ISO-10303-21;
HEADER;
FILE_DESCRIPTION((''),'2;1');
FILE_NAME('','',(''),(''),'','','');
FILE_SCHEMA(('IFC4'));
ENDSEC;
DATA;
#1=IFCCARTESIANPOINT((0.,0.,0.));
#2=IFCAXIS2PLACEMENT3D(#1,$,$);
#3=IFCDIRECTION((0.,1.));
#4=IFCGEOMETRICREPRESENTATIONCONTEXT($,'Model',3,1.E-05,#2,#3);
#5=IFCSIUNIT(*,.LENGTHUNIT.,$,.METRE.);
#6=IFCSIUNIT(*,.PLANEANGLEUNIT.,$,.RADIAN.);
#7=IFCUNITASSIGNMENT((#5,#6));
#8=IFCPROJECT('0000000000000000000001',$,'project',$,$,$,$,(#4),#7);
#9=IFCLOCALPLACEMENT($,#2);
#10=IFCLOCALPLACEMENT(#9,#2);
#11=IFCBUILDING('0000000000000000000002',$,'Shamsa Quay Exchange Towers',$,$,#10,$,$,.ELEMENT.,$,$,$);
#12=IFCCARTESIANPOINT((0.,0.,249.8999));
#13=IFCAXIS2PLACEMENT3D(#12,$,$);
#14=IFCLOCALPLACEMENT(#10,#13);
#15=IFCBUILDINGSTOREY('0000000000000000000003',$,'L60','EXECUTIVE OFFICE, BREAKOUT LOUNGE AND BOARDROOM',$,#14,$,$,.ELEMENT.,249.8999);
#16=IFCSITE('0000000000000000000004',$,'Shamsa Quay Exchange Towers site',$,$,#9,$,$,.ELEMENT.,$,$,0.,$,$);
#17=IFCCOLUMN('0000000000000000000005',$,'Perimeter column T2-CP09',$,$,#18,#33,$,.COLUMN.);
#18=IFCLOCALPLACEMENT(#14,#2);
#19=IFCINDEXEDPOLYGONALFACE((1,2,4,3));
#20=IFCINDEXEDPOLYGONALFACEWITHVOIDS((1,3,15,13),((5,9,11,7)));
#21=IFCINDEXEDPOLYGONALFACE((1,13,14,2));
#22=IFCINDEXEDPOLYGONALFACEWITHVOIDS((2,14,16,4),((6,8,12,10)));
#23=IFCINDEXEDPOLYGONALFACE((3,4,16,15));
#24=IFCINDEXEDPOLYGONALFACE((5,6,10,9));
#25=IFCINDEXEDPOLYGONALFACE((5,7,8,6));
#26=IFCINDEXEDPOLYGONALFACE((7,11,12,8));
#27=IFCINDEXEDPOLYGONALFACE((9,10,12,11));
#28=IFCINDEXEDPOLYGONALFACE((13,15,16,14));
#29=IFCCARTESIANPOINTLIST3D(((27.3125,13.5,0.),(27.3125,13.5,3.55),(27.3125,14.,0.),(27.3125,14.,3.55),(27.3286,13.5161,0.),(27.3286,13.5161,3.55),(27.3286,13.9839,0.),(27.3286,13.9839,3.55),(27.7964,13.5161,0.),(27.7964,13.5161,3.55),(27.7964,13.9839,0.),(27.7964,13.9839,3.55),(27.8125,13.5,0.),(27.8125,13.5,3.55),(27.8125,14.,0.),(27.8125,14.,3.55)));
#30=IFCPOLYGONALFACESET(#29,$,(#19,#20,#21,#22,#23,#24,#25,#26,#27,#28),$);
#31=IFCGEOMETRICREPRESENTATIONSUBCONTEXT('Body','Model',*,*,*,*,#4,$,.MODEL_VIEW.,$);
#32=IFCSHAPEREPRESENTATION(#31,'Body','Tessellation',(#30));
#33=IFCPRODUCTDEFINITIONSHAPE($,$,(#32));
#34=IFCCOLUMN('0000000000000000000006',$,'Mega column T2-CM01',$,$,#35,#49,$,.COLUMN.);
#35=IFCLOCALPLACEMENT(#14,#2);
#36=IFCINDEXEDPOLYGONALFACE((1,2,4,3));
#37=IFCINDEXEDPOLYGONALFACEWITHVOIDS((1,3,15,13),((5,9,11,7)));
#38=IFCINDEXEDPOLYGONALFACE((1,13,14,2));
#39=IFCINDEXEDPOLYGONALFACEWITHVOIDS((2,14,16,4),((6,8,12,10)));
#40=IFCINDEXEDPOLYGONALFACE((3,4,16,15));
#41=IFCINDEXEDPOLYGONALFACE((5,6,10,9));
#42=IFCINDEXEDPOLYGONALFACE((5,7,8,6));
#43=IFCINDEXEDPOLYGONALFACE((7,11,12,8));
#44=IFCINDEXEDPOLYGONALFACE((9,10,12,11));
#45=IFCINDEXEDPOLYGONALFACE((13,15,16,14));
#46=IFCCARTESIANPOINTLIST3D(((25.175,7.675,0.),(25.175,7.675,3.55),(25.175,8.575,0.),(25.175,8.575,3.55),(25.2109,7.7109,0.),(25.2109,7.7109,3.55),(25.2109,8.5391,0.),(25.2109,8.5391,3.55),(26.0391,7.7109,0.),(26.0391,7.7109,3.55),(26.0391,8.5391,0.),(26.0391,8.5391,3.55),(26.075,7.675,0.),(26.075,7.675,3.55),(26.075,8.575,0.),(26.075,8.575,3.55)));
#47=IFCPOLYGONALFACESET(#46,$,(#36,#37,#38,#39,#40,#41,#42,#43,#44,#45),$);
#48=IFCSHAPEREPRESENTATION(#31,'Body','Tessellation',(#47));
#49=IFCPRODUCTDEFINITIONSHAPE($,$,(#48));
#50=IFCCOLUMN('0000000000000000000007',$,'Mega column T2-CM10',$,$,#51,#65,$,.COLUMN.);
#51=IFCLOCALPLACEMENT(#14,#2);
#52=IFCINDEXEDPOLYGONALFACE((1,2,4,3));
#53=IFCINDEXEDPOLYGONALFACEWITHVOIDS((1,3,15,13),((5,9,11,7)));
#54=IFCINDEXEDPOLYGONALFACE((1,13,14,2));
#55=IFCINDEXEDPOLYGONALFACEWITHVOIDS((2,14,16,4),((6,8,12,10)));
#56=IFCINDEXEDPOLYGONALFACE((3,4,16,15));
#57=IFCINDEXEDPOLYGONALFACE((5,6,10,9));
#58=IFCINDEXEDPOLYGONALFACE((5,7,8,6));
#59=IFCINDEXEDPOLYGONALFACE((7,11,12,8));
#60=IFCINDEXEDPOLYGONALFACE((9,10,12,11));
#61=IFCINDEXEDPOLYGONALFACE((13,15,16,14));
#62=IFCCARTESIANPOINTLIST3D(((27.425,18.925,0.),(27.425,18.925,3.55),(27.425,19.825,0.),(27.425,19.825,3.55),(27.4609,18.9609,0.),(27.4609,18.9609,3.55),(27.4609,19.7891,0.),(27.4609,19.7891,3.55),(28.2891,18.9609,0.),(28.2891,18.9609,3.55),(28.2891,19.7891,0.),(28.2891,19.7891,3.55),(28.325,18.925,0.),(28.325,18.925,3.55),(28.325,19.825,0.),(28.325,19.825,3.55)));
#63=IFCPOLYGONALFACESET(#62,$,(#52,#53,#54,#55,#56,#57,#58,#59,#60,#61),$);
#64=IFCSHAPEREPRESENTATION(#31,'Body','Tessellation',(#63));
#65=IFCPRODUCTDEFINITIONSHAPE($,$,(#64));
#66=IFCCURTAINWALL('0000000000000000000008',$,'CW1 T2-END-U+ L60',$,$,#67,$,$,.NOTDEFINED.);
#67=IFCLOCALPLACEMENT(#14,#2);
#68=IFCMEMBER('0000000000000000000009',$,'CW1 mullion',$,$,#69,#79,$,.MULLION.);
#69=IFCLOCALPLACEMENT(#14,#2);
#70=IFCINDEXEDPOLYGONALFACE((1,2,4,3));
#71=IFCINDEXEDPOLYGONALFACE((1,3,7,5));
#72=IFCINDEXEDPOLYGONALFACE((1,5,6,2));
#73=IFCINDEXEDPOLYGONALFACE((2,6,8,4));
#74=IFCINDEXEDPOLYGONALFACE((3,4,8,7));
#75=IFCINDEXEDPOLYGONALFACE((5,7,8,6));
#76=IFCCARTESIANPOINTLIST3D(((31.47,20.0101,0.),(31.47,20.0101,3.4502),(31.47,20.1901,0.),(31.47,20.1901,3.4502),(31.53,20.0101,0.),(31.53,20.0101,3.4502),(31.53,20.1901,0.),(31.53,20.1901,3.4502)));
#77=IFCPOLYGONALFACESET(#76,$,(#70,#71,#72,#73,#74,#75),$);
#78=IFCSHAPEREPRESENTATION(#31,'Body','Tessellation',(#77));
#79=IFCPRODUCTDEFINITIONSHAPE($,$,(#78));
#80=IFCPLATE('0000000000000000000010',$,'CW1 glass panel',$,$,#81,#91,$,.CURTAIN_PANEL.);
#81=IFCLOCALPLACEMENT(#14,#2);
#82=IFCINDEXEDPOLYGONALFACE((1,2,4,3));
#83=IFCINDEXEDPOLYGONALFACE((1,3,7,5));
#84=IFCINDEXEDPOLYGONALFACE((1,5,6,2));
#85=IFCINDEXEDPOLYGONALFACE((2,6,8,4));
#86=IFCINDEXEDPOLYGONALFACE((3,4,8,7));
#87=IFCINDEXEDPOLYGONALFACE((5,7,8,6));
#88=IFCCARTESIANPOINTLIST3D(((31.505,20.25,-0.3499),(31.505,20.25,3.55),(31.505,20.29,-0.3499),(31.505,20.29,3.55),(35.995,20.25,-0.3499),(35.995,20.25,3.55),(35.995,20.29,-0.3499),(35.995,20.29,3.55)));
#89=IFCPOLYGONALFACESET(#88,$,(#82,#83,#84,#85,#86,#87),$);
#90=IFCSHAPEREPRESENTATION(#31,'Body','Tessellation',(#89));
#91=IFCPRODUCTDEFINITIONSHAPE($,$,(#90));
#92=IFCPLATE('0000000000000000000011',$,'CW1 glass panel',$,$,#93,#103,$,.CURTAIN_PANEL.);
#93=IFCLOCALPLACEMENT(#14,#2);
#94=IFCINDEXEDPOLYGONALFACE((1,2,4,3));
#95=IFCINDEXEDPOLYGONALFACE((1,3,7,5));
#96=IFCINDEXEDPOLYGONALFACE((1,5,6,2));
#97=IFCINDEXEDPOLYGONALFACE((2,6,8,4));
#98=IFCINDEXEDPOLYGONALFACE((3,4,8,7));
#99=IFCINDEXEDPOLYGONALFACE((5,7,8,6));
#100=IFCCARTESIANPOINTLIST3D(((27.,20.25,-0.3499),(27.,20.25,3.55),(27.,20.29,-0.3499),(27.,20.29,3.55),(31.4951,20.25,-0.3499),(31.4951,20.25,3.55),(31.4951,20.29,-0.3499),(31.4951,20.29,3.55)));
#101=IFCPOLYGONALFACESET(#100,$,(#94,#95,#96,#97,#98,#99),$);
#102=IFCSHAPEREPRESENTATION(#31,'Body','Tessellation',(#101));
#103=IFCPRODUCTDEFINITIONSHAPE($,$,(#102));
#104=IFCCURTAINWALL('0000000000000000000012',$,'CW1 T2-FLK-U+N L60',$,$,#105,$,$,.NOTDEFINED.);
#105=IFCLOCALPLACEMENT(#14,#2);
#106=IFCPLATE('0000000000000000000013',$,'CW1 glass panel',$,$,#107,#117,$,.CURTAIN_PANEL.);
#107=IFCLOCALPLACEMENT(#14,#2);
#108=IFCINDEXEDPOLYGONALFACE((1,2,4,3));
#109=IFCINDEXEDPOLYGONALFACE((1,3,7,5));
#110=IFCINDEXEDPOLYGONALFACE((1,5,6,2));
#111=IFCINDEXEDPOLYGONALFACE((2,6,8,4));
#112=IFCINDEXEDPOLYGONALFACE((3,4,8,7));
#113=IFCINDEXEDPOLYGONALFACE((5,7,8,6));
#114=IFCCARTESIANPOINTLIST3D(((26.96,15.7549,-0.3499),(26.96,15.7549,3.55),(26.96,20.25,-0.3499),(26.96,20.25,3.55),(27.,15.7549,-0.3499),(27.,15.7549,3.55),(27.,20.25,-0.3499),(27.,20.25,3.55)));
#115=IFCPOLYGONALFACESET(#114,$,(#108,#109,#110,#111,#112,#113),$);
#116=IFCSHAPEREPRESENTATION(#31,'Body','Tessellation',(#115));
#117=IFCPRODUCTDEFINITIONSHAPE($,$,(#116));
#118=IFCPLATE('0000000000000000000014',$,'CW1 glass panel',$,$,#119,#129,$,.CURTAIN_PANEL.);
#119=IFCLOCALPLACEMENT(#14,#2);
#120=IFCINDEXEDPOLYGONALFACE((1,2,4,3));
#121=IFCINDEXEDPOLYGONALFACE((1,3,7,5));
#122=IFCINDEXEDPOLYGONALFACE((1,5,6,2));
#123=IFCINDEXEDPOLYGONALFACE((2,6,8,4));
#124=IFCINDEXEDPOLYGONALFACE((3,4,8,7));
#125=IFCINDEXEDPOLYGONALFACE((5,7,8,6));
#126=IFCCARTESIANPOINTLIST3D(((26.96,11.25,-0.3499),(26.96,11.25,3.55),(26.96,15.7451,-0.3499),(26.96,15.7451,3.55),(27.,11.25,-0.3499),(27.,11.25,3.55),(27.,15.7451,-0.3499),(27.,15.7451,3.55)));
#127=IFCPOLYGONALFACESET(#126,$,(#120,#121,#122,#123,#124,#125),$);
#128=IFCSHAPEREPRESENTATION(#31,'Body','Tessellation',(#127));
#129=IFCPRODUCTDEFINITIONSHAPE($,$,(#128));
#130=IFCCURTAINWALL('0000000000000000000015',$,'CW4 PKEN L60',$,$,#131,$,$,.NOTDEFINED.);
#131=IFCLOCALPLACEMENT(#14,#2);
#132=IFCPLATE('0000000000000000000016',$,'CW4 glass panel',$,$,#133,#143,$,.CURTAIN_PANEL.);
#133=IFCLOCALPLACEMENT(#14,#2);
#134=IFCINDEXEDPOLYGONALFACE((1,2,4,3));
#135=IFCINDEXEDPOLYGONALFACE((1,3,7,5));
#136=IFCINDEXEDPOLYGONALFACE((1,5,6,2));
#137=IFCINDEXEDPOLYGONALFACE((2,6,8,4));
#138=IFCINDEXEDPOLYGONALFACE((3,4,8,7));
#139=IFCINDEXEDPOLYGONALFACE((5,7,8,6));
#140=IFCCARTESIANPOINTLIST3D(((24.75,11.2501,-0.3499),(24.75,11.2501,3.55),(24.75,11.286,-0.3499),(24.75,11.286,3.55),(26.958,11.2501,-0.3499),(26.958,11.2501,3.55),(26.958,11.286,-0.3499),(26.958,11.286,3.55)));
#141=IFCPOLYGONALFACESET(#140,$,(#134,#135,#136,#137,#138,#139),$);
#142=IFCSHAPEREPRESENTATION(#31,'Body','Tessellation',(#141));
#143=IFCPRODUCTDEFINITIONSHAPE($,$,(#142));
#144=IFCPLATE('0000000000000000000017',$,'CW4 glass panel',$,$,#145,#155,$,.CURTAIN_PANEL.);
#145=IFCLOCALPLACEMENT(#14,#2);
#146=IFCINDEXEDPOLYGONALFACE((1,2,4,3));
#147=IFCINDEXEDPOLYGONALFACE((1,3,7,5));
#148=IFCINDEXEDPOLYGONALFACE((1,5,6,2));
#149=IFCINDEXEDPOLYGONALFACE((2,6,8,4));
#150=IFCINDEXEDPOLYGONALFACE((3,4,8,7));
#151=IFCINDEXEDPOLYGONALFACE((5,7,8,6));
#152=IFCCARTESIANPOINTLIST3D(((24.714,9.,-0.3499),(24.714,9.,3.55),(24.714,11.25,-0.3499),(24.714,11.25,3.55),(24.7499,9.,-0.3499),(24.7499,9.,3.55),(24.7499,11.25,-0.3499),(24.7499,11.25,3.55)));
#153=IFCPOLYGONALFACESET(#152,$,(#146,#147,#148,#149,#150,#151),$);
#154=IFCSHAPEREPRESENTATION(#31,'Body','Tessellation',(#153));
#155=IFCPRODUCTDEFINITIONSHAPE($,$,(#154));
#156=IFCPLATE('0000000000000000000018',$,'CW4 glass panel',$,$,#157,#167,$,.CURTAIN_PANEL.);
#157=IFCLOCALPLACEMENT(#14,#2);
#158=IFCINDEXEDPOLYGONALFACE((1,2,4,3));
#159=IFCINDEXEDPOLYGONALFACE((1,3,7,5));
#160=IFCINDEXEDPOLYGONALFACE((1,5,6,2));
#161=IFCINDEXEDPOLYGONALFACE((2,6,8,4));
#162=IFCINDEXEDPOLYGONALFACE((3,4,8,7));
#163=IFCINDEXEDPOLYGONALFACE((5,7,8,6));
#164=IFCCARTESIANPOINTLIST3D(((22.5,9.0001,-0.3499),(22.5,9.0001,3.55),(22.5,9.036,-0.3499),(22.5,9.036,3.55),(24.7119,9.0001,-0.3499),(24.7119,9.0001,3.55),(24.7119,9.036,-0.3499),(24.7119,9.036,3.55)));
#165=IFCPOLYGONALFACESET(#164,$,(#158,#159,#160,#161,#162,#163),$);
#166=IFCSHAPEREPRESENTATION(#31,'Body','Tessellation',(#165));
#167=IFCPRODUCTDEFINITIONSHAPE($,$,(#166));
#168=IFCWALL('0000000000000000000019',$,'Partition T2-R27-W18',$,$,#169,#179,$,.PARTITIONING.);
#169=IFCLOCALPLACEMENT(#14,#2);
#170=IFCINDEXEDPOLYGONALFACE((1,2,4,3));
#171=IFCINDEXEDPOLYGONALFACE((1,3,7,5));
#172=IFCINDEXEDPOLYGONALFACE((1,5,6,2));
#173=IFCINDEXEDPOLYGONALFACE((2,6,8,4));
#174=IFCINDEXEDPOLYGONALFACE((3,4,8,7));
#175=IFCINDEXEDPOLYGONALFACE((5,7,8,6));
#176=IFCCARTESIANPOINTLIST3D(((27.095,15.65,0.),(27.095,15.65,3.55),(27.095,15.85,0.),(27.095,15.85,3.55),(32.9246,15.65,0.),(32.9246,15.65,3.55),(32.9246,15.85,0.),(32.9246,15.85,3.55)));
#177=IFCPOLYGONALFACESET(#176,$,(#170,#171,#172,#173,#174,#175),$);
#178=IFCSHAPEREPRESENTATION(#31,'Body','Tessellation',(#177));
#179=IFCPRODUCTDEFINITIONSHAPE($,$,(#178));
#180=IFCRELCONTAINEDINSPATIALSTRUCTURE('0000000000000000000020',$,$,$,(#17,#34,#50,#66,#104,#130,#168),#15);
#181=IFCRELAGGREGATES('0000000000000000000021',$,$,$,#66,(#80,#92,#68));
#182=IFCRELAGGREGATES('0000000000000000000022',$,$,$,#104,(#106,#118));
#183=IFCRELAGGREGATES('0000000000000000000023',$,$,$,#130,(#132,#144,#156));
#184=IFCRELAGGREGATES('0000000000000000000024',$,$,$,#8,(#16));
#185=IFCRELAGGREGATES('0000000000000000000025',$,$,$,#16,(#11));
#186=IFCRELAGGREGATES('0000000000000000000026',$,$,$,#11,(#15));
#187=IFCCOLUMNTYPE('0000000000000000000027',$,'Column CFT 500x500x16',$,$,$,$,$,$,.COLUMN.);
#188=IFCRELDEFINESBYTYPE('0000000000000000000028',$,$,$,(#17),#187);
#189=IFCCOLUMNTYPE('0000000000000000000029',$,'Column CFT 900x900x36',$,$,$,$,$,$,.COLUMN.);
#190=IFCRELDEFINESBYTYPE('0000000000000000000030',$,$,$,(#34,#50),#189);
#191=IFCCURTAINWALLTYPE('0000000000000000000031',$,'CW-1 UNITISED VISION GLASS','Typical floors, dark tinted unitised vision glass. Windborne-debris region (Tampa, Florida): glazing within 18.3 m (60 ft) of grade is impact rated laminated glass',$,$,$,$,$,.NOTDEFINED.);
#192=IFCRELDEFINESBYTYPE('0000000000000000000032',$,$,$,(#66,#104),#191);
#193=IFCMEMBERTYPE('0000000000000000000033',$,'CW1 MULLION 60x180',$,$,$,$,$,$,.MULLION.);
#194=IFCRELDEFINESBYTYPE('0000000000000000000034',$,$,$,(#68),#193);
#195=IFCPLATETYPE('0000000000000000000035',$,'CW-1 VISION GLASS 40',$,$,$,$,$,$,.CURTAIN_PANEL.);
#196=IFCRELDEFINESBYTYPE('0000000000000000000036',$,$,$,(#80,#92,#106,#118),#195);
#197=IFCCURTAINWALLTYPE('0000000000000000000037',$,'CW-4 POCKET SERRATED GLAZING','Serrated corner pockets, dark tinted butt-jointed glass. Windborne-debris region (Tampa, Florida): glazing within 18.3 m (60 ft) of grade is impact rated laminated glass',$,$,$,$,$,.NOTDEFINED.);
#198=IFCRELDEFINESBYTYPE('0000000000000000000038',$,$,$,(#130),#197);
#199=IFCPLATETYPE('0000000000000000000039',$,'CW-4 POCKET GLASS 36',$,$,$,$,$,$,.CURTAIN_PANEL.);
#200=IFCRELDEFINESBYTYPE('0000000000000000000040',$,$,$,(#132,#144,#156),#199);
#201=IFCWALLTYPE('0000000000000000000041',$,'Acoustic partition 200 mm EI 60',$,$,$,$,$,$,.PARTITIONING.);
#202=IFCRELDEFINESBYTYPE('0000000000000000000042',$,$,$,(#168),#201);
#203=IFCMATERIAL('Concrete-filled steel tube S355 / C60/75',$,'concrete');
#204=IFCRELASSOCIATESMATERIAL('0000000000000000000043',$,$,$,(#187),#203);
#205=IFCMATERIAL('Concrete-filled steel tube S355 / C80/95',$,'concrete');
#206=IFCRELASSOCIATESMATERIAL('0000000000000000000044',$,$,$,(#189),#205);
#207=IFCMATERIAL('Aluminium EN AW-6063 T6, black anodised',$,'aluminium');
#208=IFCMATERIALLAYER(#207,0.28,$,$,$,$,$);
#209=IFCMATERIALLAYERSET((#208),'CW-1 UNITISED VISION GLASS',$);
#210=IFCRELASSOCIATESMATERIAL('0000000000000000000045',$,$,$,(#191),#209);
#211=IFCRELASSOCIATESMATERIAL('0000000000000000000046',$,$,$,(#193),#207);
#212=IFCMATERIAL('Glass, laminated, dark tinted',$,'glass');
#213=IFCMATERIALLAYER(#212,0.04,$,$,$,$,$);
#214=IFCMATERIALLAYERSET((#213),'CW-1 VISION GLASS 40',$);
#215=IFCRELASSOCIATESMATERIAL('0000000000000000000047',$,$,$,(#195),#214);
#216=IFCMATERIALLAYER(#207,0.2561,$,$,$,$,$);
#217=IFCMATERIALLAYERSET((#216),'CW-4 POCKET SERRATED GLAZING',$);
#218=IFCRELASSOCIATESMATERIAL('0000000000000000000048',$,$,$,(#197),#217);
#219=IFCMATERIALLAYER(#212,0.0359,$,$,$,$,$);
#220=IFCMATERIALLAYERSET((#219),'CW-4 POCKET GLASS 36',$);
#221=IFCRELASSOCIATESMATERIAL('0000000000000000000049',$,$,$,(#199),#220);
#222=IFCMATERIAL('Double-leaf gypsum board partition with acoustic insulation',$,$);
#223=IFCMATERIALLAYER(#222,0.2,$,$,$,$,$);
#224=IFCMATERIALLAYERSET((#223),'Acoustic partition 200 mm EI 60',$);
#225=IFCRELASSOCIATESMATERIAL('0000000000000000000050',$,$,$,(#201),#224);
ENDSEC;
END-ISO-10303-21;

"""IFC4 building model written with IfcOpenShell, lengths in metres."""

from ifc_helpers import new_model, si_unit, direction, frame, frame_2d, origin, origin_2d, place, context, subcontext, project, spatial, rectangle, hollow_rectangle, extrude, material, layer, layer_set, material_profile, profile_set, type_object, element, aggregate, save


model = new_model("IFC4")

# Units and contexts
model_context = context("Model", 3, precision=1e-05, world=origin(), true_north=direction((0.0, 1.0)))
body_context = subcontext(model_context, "Body", "Model", "MODEL_VIEW")
ifc_project = project(units=[si_unit("LENGTHUNIT", "METRE"), si_unit("PLANEANGLEUNIT", "RADIAN")], contexts=[model_context])

# Site, building, storey
site_placement = place(None, origin())
site = spatial("IfcSite", under=ifc_project, at=site_placement, Name="Shamsa Quay Exchange Towers site", CompositionType="ELEMENT", RefElevation=0.0)
building_placement = place(site_placement, origin())
building = spatial("IfcBuilding", under=site, at=building_placement, Name="Shamsa Quay Exchange Towers", CompositionType="ELEMENT")
storey_placement = place(building_placement, frame((0.0, 0.0, 249.8999)))
storey = spatial("IfcBuildingStorey", under=building, at=storey_placement, Name="L60", Description="EXECUTIVE OFFICE, BREAKOUT LOUNGE AND BOARDROOM", CompositionType="ELEMENT", Elevation=249.8999)

# Columns
ifc_material_1 = material(Name="Concrete-filled steel tube S355 / C60/75", Category="concrete")
ifc_material_profile_1 = material_profile(ifc_material_1, hollow_rectangle(XDim=0.5, YDim=0.5, WallThickness=0.0161, at=origin_2d()), Name="CFT 500x500x16")
ifc_profile_set_1 = profile_set([ifc_material_profile_1], Name="Concrete-filled steel tube S355 / C60/75")
column_type_1 = type_object("IfcColumnType", Name="Column CFT 500x500x16", PredefinedType="COLUMN", material=ifc_profile_set_1)
column_placement = place(storey_placement, frame((27.5625, 13.75, 0.0)))
element("IfcColumn", 1, at=column_placement, inside=storey, type_object=column_type_1, Name="Perimeter column T2-CP09", PredefinedType="COLUMN", context=body_context, shape_type="SweptSolid", body=[
    extrude(hollow_rectangle(XDim=0.5, YDim=0.5, WallThickness=0.0161, at=origin_2d()), origin(), (0.0, 0.0, 1.0), 3.55),
])
ifc_material_2 = material(Name="Concrete-filled steel tube S355 / C80/95", Category="concrete")
ifc_material_profile_2 = material_profile(ifc_material_2, hollow_rectangle(XDim=0.8999, YDim=0.8999, WallThickness=0.0359, at=origin_2d()), Name="CFT 900x900x36")
ifc_profile_set_2 = profile_set([ifc_material_profile_2], Name="Concrete-filled steel tube S355 / C80/95")
column_type_2 = type_object("IfcColumnType", Name="Column CFT 900x900x36", PredefinedType="COLUMN", material=ifc_profile_set_2)
for number, where, name in (
    (2, (25.625, 8.125, 0.0), "Mega column T2-CM01"),
    (3, (27.875, 19.375, 0.0), "Mega column T2-CM10"),
):
    element("IfcColumn", number, at=place(storey_placement, frame(where)), inside=storey, type_object=column_type_2, Name=name, PredefinedType="COLUMN", context=body_context, shape_type="SweptSolid", body=[
        extrude(hollow_rectangle(XDim=0.8999, YDim=0.8999, WallThickness=0.0359, at=origin_2d()), origin(), (0.0, 0.0, 1.0), 3.55),
    ])

# Curtain wall, member, plates
ifc_material_3 = material(Name="Aluminium EN AW-6063 T6, black anodised", Category="aluminium")
ifc_layer_1 = layer(ifc_material_3, 0.28)
ifc_layer_set_1 = layer_set([ifc_layer_1], Name="CW-1 UNITISED VISION GLASS")
curtain_wall_type_1 = type_object("IfcCurtainWallType", Name="CW-1 UNITISED VISION GLASS", Description="Typical floors, dark tinted unitised vision glass. Windborne-debris region (Tampa, Florida): glazing within 18.3 m (60 ft) of grade is impact rated laminated glass", PredefinedType="NOTDEFINED", material=ifc_layer_set_1)
curtain_wall_1_placement = place(storey_placement, origin())
curtain_wall_1 = element("IfcCurtainWall", 4, at=curtain_wall_1_placement, inside=storey, type_object=curtain_wall_type_1, Name="CW1 T2-END-U+ L60", PredefinedType="NOTDEFINED")
ifc_material_profile_3 = material_profile(ifc_material_3, rectangle(XDim=0.1799, YDim=0.0601, at=origin_2d()), Name="MU60x180")
ifc_profile_set_3 = profile_set([ifc_material_profile_3], Name="Aluminium EN AW-6063 T6, black anodised")
member_type = type_object("IfcMemberType", Name="CW1 MULLION 60x180", PredefinedType="MULLION", material=ifc_profile_set_3)
member_placement = place(storey_placement, frame((31.5, 20.1001, 0.0), z_axis=(0.0, 0.0, 1.0), x_axis=(0.0, -1.0, 0.0)))
member = element("IfcMember", 5, at=member_placement, type_object=member_type, Name="CW1 mullion", PredefinedType="MULLION", context=body_context, shape_type="SweptSolid", body=[
    extrude(rectangle(XDim=0.1799, YDim=0.0601, at=origin_2d()), origin(), (0.0, 0.0, 1.0), 3.4502),
])
ifc_material_4 = material(Name="Glass, laminated, dark tinted", Category="glass")
ifc_layer_2 = layer(ifc_material_4, 0.04)
ifc_layer_set_2 = layer_set([ifc_layer_2], Name="CW-1 VISION GLASS 40")
plate_type_1 = type_object("IfcPlateType", Name="CW-1 VISION GLASS 40", PredefinedType="CURTAIN_PANEL", material=ifc_layer_set_2)
plate_1_placement = place(storey_placement, frame((33.75, 20.27, -0.3499), z_axis=(0.0, 0.0, 1.0), x_axis=(-1.0, 0.0, 0.0)))
plate_1 = element("IfcPlate", 6, at=plate_1_placement, type_object=plate_type_1, Name="CW1 glass panel", PredefinedType="CURTAIN_PANEL", context=body_context, shape_type="SweptSolid", body=[
    extrude(rectangle(XDim=4.49, YDim=0.04, at=origin_2d()), origin(), (0.0, 0.0, 1.0), 3.8999),
])
plate_2_placement = place(storey_placement, frame((29.2476, 20.27, -0.3499), z_axis=(0.0, 0.0, 1.0), x_axis=(-1.0, 0.0, 0.0)))
plate_2 = element("IfcPlate", 7, at=plate_2_placement, type_object=plate_type_1, Name="CW1 glass panel", PredefinedType="CURTAIN_PANEL", context=body_context, shape_type="SweptSolid", body=[
    extrude(rectangle(XDim=4.4951, YDim=0.04, at=origin_2d()), origin(), (0.0, 0.0, 1.0), 3.8999),
])
aggregate(curtain_wall_1, [plate_1, plate_2, member])

# Curtain walls, plates
curtain_wall_2_placement = place(storey_placement, origin())
curtain_wall_2 = element("IfcCurtainWall", 8, at=curtain_wall_2_placement, inside=storey, type_object=curtain_wall_type_1, Name="CW1 T2-FLK-U+N L60", PredefinedType="NOTDEFINED")
plate_3_placement = place(storey_placement, frame((26.98, 18.0024, -0.3499), z_axis=(0.0, 0.0, 1.0), x_axis=(0.0, -1.0, 0.0)))
plate_3 = element("IfcPlate", 9, at=plate_3_placement, type_object=plate_type_1, Name="CW1 glass panel", PredefinedType="CURTAIN_PANEL", context=body_context, shape_type="SweptSolid", body=[
    extrude(rectangle(XDim=4.4951, YDim=0.04, at=origin_2d()), origin(), (0.0, 0.0, 1.0), 3.8999),
])
plate_4_placement = place(storey_placement, frame((26.98, 13.4976, -0.3499), z_axis=(0.0, 0.0, 1.0), x_axis=(0.0, -1.0, 0.0)))
plate_4 = element("IfcPlate", 10, at=plate_4_placement, type_object=plate_type_1, Name="CW1 glass panel", PredefinedType="CURTAIN_PANEL", context=body_context, shape_type="SweptSolid", body=[
    extrude(rectangle(XDim=4.4951, YDim=0.04, at=origin_2d()), origin(), (0.0, 0.0, 1.0), 3.8999),
])
aggregate(curtain_wall_2, [plate_3, plate_4])
ifc_layer_3 = layer(ifc_material_3, 0.2561)
ifc_layer_set_3 = layer_set([ifc_layer_3], Name="CW-4 POCKET SERRATED GLAZING")
curtain_wall_type_2 = type_object("IfcCurtainWallType", Name="CW-4 POCKET SERRATED GLAZING", Description="Serrated corner pockets, dark tinted butt-jointed glass. Windborne-debris region (Tampa, Florida): glazing within 18.3 m (60 ft) of grade is impact rated laminated glass", PredefinedType="NOTDEFINED", material=ifc_layer_set_3)
curtain_wall_3_placement = place(storey_placement, origin())
curtain_wall_3 = element("IfcCurtainWall", 11, at=curtain_wall_3_placement, inside=storey, type_object=curtain_wall_type_2, Name="CW4 PKEN L60", PredefinedType="NOTDEFINED")
ifc_layer_4 = layer(ifc_material_4, 0.0359)
ifc_layer_set_4 = layer_set([ifc_layer_4], Name="CW-4 POCKET GLASS 36")
plate_type_2 = type_object("IfcPlateType", Name="CW-4 POCKET GLASS 36", PredefinedType="CURTAIN_PANEL", material=ifc_layer_set_4)
plate_5_placement = place(storey_placement, frame((25.854, 11.2681, -0.3499), z_axis=(0.0, 0.0, 1.0), x_axis=(-1.0, 0.0, 0.0)))
plate_5 = element("IfcPlate", 12, at=plate_5_placement, type_object=plate_type_2, Name="CW4 glass panel", PredefinedType="CURTAIN_PANEL", context=body_context, shape_type="SweptSolid", body=[
    extrude(rectangle(XDim=2.208, YDim=0.0359, at=origin_2d()), origin(), (0.0, 0.0, 1.0), 3.8999),
])
plate_6_placement = place(storey_placement, frame((24.7319, 10.125, -0.3499), z_axis=(0.0, 0.0, 1.0), x_axis=(0.0, -1.0, 0.0)))
plate_6 = element("IfcPlate", 13, at=plate_6_placement, type_object=plate_type_2, Name="CW4 glass panel", PredefinedType="CURTAIN_PANEL", context=body_context, shape_type="SweptSolid", body=[
    extrude(rectangle(XDim=2.25, YDim=0.0359, at=origin_2d()), origin(), (0.0, 0.0, 1.0), 3.8999),
])
plate_7_placement = place(storey_placement, frame((23.606, 9.0181, -0.3499), z_axis=(0.0, 0.0, 1.0), x_axis=(-1.0, 0.0, 0.0)))
plate_7 = element("IfcPlate", 14, at=plate_7_placement, type_object=plate_type_2, Name="CW4 glass panel", PredefinedType="CURTAIN_PANEL", context=body_context, shape_type="SweptSolid", body=[
    extrude(rectangle(XDim=2.2119, YDim=0.0359, at=origin_2d()), origin(), (0.0, 0.0, 1.0), 3.8999),
])
aggregate(curtain_wall_3, [plate_5, plate_6, plate_7])

# Shared definitions
ifc_material_5 = material(Name="Double-leaf gypsum board partition with acoustic insulation")
ifc_layer_5 = layer(ifc_material_5, 0.2)
ifc_layer_set_5 = layer_set([ifc_layer_5], Name="Acoustic partition 200 mm EI 60")
wall_type_1 = type_object("IfcWallType", Name="Acoustic partition 200 mm EI 60", PredefinedType="PARTITIONING", material=ifc_layer_set_5)

# Wall
wall_1_placement = place(storey_placement, frame((32.9246, 15.75, 0.0), z_axis=(0.0, 0.0, 1.0), x_axis=(-1.0, 0.0, 0.0)))
element("IfcWall", 15, at=wall_1_placement, inside=storey, type_object=wall_type_1, Name="Partition T2-R27-W18", PredefinedType="PARTITIONING", context=body_context, shape_type="SweptSolid", body=[
    extrude(rectangle(XDim=5.8296, YDim=0.2, at=frame_2d((2.9148, 0.0))), origin(), (0.0, 0.0, 1.0), 3.55),
])

save(model, "model.ifc")
